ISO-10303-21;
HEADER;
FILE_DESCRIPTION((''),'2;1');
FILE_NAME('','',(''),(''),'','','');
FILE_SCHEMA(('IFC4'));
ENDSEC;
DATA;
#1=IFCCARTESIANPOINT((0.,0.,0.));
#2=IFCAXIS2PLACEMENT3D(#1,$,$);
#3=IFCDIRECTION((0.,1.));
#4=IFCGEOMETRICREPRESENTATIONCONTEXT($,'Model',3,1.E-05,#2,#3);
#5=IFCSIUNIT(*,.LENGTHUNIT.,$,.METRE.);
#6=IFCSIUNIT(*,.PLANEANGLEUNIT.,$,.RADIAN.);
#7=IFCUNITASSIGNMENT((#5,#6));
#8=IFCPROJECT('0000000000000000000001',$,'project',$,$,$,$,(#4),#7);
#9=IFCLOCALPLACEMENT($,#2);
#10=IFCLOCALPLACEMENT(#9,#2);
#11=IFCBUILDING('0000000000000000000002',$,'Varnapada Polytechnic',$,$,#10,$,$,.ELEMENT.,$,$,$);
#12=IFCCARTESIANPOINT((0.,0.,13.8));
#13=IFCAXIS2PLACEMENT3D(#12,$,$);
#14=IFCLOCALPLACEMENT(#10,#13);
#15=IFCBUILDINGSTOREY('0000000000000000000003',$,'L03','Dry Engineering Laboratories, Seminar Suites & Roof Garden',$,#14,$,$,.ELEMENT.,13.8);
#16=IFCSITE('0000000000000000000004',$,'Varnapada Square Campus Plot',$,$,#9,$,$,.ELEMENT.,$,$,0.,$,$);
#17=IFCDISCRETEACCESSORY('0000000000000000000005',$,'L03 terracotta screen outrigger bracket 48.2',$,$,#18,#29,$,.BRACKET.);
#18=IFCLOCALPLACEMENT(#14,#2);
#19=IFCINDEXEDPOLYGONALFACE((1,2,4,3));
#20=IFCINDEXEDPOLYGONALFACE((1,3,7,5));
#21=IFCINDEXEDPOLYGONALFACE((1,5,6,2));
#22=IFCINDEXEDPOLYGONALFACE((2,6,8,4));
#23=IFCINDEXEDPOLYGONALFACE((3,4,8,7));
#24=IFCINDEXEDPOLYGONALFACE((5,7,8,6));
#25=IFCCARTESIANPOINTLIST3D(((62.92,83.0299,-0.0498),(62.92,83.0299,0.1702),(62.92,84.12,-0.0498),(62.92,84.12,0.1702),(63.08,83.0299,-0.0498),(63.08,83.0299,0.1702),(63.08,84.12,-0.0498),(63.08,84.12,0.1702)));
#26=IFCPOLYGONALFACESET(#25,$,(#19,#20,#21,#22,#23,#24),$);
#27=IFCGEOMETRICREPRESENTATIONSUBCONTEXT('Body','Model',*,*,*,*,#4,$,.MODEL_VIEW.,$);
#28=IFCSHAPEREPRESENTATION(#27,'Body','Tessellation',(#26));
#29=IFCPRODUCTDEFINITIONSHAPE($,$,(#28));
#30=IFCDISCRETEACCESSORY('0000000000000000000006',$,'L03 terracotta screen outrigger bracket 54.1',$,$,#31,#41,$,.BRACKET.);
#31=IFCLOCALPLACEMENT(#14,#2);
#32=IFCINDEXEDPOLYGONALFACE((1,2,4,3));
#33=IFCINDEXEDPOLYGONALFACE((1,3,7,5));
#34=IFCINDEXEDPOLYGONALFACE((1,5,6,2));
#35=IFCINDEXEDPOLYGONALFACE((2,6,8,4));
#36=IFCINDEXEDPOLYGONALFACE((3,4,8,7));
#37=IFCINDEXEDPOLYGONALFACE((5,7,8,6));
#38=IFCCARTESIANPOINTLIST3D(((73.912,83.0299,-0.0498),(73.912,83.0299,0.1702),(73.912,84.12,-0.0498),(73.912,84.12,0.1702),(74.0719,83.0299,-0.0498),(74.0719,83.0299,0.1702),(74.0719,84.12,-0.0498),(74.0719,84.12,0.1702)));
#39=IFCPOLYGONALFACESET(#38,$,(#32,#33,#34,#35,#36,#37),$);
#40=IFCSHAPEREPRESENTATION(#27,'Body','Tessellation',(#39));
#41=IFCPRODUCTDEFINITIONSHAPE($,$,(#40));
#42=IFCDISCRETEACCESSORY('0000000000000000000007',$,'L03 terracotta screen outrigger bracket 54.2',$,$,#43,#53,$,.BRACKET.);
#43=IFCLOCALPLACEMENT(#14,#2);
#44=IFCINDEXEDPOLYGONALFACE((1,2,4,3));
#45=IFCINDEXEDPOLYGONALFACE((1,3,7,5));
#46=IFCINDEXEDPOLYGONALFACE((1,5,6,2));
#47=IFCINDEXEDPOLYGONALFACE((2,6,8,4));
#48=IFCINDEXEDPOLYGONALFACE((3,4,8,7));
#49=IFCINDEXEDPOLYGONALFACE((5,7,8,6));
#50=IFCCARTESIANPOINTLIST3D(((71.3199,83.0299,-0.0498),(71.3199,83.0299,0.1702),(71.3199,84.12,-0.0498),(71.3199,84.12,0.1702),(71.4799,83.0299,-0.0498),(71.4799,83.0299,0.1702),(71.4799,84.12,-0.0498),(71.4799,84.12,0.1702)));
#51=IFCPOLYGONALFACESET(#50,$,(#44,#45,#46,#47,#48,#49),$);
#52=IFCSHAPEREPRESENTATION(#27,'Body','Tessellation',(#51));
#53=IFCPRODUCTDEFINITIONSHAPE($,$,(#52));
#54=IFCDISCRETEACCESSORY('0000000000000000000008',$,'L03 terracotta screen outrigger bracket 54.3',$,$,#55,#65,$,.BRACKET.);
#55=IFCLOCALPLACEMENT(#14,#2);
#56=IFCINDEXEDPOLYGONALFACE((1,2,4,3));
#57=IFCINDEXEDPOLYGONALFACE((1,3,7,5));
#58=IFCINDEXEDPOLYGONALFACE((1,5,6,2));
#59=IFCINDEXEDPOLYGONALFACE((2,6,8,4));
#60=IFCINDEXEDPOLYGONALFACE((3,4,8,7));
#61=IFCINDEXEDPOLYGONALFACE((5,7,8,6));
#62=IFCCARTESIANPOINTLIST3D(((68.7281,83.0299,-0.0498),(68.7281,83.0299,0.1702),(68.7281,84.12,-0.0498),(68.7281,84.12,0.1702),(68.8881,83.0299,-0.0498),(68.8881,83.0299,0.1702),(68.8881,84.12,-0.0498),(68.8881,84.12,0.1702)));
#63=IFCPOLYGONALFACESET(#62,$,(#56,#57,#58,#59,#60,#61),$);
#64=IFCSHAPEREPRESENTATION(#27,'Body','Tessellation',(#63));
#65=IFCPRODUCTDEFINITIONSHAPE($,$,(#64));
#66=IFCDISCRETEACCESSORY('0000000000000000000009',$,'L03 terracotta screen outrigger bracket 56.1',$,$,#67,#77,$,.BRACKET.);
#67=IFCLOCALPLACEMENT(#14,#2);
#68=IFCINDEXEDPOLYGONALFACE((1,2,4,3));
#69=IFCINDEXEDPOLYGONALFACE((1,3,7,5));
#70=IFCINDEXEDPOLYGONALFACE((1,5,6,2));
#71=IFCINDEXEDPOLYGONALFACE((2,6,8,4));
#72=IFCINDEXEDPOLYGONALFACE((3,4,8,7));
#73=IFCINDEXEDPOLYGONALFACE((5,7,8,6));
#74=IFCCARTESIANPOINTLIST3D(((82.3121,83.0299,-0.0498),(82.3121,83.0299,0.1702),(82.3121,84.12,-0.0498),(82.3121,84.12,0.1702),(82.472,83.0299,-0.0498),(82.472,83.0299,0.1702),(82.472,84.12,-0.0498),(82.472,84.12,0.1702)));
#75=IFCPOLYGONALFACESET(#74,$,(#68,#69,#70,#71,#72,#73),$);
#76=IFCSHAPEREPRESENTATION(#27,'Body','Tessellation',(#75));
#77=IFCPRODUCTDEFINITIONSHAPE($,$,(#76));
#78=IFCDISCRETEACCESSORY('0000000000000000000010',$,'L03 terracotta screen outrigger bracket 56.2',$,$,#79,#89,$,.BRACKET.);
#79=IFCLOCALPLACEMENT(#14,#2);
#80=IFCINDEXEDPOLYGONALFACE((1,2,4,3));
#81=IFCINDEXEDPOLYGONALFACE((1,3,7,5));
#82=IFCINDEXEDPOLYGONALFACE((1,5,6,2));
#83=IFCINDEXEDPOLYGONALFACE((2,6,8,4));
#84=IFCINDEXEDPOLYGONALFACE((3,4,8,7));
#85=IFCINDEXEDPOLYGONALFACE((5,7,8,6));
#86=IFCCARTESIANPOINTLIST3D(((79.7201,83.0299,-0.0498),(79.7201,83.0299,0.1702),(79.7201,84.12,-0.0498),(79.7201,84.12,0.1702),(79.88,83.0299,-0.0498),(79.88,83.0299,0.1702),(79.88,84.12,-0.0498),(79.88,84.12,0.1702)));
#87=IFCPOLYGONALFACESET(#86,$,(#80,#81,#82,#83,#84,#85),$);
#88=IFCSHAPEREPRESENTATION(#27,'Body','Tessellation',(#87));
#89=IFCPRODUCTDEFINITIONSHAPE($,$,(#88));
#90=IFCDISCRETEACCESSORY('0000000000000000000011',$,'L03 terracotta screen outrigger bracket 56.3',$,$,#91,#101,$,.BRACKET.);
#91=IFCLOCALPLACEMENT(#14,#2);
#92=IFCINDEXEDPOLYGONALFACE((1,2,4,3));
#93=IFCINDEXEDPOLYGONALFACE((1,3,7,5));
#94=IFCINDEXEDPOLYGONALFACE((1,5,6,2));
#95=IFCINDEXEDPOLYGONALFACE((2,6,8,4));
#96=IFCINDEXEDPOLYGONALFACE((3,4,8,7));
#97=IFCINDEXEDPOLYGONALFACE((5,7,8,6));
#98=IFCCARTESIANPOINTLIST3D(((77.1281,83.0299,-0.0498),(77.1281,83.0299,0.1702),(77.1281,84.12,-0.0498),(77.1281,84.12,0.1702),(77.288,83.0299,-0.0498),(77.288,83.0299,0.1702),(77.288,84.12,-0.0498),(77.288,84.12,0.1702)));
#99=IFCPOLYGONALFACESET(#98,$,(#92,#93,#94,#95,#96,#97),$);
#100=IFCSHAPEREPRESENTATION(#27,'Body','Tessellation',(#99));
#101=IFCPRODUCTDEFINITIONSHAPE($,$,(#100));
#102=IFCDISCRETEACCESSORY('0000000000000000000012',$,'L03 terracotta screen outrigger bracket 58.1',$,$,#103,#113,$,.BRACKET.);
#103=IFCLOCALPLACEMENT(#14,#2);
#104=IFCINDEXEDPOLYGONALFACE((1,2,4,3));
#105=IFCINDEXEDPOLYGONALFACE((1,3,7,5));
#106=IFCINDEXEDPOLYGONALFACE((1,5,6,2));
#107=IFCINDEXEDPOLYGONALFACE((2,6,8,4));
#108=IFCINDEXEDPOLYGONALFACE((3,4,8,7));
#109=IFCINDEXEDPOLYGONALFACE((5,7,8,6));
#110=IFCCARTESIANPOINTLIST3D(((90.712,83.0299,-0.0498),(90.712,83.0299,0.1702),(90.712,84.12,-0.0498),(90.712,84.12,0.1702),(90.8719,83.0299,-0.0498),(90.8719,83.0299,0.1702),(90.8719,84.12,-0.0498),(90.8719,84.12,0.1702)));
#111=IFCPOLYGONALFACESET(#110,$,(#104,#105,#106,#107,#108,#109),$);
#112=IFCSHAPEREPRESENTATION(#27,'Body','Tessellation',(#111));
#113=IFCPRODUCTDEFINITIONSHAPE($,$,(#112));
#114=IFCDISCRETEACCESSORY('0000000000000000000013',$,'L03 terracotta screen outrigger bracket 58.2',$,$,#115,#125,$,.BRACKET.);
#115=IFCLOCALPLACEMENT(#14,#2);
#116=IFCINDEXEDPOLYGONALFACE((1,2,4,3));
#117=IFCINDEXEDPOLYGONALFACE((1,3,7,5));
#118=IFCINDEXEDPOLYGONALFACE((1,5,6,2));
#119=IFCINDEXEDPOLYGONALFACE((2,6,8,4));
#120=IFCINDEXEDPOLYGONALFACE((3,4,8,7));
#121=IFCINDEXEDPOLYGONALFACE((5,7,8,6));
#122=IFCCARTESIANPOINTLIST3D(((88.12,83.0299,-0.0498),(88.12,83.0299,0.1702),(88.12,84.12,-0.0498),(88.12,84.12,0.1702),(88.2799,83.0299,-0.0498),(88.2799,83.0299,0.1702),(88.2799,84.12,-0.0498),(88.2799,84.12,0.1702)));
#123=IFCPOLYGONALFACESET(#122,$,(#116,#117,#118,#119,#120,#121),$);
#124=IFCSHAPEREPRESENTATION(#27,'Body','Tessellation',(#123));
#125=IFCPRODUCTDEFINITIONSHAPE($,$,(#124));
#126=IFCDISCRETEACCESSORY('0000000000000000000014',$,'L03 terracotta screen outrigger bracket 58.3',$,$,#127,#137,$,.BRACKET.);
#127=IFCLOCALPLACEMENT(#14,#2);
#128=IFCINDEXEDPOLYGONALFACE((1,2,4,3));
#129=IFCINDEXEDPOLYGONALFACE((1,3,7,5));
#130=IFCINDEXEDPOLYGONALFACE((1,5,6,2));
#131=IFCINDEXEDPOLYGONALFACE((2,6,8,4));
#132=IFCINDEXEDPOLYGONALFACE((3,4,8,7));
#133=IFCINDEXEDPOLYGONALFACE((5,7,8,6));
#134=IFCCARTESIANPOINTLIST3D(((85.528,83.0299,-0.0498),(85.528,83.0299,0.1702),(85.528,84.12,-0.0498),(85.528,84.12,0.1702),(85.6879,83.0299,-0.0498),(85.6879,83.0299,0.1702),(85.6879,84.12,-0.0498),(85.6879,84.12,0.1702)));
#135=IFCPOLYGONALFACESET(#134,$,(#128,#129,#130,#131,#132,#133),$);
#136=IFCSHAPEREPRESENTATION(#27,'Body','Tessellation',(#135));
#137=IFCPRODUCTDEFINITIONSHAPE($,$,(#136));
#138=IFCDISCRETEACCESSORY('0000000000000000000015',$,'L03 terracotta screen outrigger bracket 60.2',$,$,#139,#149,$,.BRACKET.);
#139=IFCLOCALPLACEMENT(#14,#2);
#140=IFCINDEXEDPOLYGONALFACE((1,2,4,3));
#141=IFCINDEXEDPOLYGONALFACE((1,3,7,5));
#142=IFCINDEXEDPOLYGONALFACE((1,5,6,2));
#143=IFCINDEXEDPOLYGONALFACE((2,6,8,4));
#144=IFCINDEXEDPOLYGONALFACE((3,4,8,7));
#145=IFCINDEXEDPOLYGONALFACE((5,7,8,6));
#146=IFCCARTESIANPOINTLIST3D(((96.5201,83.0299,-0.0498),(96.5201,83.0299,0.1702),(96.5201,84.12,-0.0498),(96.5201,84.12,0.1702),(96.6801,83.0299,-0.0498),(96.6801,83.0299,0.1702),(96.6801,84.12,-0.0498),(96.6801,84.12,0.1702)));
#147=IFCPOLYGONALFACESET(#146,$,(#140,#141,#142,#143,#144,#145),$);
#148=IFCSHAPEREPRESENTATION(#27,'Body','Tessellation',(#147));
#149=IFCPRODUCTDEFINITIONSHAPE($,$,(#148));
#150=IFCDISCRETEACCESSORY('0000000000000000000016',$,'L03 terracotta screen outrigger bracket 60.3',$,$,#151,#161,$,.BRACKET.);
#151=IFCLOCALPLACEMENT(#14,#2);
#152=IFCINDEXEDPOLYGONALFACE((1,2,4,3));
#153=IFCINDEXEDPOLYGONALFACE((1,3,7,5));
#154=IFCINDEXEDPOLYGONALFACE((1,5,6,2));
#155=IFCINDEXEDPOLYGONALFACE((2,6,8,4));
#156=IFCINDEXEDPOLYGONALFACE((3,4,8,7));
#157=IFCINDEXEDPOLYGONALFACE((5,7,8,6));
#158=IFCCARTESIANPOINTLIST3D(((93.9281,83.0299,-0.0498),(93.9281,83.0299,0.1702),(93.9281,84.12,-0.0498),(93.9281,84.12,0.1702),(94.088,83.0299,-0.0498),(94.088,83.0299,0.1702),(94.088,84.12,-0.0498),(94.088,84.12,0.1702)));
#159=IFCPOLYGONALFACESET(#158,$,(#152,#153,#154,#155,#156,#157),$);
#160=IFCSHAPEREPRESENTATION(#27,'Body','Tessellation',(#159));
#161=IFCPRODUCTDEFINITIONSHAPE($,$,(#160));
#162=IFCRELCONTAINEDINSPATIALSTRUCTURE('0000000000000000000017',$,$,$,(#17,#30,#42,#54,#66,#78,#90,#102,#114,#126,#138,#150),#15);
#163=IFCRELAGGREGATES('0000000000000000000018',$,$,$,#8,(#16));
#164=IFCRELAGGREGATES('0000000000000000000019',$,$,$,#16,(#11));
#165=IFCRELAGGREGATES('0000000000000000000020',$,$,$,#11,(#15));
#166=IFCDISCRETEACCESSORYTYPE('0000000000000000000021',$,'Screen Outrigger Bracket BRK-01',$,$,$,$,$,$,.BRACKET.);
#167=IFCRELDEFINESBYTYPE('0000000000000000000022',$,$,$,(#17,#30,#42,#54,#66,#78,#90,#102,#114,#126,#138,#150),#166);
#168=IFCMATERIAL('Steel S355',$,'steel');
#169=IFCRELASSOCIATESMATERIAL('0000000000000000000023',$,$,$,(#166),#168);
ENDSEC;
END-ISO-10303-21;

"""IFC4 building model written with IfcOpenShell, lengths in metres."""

from ifc_helpers import new_model, si_unit, direction, frame, origin, origin_2d, place, context, subcontext, project, spatial, rectangle, extrude, material, type_object, element, save


model = new_model("IFC4")

# Units and contexts
model_context = context("Model", 3, precision=1e-05, world=origin(), true_north=direction((0.0, 1.0)))
body_context = subcontext(model_context, "Body", "Model", "MODEL_VIEW")
ifc_project = project(units=[si_unit("LENGTHUNIT", "METRE"), si_unit("PLANEANGLEUNIT", "RADIAN")], contexts=[model_context])

# Site, building, storey
site_placement = place(None, origin())
site = spatial("IfcSite", under=ifc_project, at=site_placement, Name="Varnapada Square Campus Plot", CompositionType="ELEMENT", RefElevation=0.0)
building_placement = place(site_placement, origin())
building = spatial("IfcBuilding", under=site, at=building_placement, Name="Varnapada Polytechnic", CompositionType="ELEMENT")
storey_placement = place(building_placement, frame((0.0, 0.0, 13.8)))
storey = spatial("IfcBuildingStorey", under=building, at=storey_placement, Name="L03", Description="Dry Engineering Laboratories, Seminar Suites & Roof Garden", CompositionType="ELEMENT", Elevation=13.8)

# Discrete accessories
ifc_material_1 = material(Name="Steel S355", Category="steel")
discrete_accessory_type = type_object("IfcDiscreteAccessoryType", Name="Screen Outrigger Bracket BRK-01", PredefinedType="BRACKET", material=ifc_material_1)
for number, where, z_axis, x_axis, name in (
    (1, (63.0, 83.575, -0.0498), (0.0, 0.0, 1.0), (-1.0, 0.0, 0.0), "L03 terracotta screen outrigger bracket 48.2"),
    (2, (73.9919, 83.575, -0.0498), (0.0, 0.0, 1.0), (-1.0, 0.0, 0.0), "L03 terracotta screen outrigger bracket 54.1"),
    (3, (71.3999, 83.575, -0.0498), (0.0, 0.0, 1.0), (-1.0, 0.0, 0.0), "L03 terracotta screen outrigger bracket 54.2"),
    (4, (68.8081, 83.575, -0.0498), (0.0, 0.0, 1.0), (-1.0, 0.0, 0.0), "L03 terracotta screen outrigger bracket 54.3"),
    (5, (82.3921, 83.575, -0.0498), (0.0, 0.0, 1.0), (-1.0, 0.0, 0.0), "L03 terracotta screen outrigger bracket 56.1"),
    (6, (79.8, 83.575, -0.0498), (0.0, 0.0, 1.0), (-1.0, 0.0, 0.0), "L03 terracotta screen outrigger bracket 56.2"),
    (7, (77.208, 83.575, -0.0498), (0.0, 0.0, 1.0), (-1.0, 0.0, 0.0), "L03 terracotta screen outrigger bracket 56.3"),
    (8, (90.792, 83.575, -0.0498), (0.0, 0.0, 1.0), (-1.0, 0.0, 0.0), "L03 terracotta screen outrigger bracket 58.1"),
    (9, (88.2, 83.575, -0.0498), (0.0, 0.0, 1.0), (-1.0, 0.0, 0.0), "L03 terracotta screen outrigger bracket 58.2"),
    (10, (85.6079, 83.575, -0.0498), (0.0, 0.0, 1.0), (-1.0, 0.0, 0.0), "L03 terracotta screen outrigger bracket 58.3"),
    (11, (96.6001, 83.575, -0.0498), (0.0, 0.0, 1.0), (-1.0, 0.0, 0.0), "L03 terracotta screen outrigger bracket 60.2"),
    (12, (94.0081, 83.575, -0.0498), (0.0, 0.0, 1.0), (-1.0, 0.0, 0.0), "L03 terracotta screen outrigger bracket 60.3"),
):
    element("IfcDiscreteAccessory", number, at=place(storey_placement, frame(where, z_axis=z_axis, x_axis=x_axis)), inside=storey, type_object=discrete_accessory_type, Name=name, PredefinedType="BRACKET", context=body_context, shape_type="SweptSolid", body=[
        extrude(rectangle(XDim=0.1599, YDim=1.0901, at=origin_2d()), origin(), (0.0, 0.0, 1.0), 0.22),
    ])

save(model, "model.ifc")
